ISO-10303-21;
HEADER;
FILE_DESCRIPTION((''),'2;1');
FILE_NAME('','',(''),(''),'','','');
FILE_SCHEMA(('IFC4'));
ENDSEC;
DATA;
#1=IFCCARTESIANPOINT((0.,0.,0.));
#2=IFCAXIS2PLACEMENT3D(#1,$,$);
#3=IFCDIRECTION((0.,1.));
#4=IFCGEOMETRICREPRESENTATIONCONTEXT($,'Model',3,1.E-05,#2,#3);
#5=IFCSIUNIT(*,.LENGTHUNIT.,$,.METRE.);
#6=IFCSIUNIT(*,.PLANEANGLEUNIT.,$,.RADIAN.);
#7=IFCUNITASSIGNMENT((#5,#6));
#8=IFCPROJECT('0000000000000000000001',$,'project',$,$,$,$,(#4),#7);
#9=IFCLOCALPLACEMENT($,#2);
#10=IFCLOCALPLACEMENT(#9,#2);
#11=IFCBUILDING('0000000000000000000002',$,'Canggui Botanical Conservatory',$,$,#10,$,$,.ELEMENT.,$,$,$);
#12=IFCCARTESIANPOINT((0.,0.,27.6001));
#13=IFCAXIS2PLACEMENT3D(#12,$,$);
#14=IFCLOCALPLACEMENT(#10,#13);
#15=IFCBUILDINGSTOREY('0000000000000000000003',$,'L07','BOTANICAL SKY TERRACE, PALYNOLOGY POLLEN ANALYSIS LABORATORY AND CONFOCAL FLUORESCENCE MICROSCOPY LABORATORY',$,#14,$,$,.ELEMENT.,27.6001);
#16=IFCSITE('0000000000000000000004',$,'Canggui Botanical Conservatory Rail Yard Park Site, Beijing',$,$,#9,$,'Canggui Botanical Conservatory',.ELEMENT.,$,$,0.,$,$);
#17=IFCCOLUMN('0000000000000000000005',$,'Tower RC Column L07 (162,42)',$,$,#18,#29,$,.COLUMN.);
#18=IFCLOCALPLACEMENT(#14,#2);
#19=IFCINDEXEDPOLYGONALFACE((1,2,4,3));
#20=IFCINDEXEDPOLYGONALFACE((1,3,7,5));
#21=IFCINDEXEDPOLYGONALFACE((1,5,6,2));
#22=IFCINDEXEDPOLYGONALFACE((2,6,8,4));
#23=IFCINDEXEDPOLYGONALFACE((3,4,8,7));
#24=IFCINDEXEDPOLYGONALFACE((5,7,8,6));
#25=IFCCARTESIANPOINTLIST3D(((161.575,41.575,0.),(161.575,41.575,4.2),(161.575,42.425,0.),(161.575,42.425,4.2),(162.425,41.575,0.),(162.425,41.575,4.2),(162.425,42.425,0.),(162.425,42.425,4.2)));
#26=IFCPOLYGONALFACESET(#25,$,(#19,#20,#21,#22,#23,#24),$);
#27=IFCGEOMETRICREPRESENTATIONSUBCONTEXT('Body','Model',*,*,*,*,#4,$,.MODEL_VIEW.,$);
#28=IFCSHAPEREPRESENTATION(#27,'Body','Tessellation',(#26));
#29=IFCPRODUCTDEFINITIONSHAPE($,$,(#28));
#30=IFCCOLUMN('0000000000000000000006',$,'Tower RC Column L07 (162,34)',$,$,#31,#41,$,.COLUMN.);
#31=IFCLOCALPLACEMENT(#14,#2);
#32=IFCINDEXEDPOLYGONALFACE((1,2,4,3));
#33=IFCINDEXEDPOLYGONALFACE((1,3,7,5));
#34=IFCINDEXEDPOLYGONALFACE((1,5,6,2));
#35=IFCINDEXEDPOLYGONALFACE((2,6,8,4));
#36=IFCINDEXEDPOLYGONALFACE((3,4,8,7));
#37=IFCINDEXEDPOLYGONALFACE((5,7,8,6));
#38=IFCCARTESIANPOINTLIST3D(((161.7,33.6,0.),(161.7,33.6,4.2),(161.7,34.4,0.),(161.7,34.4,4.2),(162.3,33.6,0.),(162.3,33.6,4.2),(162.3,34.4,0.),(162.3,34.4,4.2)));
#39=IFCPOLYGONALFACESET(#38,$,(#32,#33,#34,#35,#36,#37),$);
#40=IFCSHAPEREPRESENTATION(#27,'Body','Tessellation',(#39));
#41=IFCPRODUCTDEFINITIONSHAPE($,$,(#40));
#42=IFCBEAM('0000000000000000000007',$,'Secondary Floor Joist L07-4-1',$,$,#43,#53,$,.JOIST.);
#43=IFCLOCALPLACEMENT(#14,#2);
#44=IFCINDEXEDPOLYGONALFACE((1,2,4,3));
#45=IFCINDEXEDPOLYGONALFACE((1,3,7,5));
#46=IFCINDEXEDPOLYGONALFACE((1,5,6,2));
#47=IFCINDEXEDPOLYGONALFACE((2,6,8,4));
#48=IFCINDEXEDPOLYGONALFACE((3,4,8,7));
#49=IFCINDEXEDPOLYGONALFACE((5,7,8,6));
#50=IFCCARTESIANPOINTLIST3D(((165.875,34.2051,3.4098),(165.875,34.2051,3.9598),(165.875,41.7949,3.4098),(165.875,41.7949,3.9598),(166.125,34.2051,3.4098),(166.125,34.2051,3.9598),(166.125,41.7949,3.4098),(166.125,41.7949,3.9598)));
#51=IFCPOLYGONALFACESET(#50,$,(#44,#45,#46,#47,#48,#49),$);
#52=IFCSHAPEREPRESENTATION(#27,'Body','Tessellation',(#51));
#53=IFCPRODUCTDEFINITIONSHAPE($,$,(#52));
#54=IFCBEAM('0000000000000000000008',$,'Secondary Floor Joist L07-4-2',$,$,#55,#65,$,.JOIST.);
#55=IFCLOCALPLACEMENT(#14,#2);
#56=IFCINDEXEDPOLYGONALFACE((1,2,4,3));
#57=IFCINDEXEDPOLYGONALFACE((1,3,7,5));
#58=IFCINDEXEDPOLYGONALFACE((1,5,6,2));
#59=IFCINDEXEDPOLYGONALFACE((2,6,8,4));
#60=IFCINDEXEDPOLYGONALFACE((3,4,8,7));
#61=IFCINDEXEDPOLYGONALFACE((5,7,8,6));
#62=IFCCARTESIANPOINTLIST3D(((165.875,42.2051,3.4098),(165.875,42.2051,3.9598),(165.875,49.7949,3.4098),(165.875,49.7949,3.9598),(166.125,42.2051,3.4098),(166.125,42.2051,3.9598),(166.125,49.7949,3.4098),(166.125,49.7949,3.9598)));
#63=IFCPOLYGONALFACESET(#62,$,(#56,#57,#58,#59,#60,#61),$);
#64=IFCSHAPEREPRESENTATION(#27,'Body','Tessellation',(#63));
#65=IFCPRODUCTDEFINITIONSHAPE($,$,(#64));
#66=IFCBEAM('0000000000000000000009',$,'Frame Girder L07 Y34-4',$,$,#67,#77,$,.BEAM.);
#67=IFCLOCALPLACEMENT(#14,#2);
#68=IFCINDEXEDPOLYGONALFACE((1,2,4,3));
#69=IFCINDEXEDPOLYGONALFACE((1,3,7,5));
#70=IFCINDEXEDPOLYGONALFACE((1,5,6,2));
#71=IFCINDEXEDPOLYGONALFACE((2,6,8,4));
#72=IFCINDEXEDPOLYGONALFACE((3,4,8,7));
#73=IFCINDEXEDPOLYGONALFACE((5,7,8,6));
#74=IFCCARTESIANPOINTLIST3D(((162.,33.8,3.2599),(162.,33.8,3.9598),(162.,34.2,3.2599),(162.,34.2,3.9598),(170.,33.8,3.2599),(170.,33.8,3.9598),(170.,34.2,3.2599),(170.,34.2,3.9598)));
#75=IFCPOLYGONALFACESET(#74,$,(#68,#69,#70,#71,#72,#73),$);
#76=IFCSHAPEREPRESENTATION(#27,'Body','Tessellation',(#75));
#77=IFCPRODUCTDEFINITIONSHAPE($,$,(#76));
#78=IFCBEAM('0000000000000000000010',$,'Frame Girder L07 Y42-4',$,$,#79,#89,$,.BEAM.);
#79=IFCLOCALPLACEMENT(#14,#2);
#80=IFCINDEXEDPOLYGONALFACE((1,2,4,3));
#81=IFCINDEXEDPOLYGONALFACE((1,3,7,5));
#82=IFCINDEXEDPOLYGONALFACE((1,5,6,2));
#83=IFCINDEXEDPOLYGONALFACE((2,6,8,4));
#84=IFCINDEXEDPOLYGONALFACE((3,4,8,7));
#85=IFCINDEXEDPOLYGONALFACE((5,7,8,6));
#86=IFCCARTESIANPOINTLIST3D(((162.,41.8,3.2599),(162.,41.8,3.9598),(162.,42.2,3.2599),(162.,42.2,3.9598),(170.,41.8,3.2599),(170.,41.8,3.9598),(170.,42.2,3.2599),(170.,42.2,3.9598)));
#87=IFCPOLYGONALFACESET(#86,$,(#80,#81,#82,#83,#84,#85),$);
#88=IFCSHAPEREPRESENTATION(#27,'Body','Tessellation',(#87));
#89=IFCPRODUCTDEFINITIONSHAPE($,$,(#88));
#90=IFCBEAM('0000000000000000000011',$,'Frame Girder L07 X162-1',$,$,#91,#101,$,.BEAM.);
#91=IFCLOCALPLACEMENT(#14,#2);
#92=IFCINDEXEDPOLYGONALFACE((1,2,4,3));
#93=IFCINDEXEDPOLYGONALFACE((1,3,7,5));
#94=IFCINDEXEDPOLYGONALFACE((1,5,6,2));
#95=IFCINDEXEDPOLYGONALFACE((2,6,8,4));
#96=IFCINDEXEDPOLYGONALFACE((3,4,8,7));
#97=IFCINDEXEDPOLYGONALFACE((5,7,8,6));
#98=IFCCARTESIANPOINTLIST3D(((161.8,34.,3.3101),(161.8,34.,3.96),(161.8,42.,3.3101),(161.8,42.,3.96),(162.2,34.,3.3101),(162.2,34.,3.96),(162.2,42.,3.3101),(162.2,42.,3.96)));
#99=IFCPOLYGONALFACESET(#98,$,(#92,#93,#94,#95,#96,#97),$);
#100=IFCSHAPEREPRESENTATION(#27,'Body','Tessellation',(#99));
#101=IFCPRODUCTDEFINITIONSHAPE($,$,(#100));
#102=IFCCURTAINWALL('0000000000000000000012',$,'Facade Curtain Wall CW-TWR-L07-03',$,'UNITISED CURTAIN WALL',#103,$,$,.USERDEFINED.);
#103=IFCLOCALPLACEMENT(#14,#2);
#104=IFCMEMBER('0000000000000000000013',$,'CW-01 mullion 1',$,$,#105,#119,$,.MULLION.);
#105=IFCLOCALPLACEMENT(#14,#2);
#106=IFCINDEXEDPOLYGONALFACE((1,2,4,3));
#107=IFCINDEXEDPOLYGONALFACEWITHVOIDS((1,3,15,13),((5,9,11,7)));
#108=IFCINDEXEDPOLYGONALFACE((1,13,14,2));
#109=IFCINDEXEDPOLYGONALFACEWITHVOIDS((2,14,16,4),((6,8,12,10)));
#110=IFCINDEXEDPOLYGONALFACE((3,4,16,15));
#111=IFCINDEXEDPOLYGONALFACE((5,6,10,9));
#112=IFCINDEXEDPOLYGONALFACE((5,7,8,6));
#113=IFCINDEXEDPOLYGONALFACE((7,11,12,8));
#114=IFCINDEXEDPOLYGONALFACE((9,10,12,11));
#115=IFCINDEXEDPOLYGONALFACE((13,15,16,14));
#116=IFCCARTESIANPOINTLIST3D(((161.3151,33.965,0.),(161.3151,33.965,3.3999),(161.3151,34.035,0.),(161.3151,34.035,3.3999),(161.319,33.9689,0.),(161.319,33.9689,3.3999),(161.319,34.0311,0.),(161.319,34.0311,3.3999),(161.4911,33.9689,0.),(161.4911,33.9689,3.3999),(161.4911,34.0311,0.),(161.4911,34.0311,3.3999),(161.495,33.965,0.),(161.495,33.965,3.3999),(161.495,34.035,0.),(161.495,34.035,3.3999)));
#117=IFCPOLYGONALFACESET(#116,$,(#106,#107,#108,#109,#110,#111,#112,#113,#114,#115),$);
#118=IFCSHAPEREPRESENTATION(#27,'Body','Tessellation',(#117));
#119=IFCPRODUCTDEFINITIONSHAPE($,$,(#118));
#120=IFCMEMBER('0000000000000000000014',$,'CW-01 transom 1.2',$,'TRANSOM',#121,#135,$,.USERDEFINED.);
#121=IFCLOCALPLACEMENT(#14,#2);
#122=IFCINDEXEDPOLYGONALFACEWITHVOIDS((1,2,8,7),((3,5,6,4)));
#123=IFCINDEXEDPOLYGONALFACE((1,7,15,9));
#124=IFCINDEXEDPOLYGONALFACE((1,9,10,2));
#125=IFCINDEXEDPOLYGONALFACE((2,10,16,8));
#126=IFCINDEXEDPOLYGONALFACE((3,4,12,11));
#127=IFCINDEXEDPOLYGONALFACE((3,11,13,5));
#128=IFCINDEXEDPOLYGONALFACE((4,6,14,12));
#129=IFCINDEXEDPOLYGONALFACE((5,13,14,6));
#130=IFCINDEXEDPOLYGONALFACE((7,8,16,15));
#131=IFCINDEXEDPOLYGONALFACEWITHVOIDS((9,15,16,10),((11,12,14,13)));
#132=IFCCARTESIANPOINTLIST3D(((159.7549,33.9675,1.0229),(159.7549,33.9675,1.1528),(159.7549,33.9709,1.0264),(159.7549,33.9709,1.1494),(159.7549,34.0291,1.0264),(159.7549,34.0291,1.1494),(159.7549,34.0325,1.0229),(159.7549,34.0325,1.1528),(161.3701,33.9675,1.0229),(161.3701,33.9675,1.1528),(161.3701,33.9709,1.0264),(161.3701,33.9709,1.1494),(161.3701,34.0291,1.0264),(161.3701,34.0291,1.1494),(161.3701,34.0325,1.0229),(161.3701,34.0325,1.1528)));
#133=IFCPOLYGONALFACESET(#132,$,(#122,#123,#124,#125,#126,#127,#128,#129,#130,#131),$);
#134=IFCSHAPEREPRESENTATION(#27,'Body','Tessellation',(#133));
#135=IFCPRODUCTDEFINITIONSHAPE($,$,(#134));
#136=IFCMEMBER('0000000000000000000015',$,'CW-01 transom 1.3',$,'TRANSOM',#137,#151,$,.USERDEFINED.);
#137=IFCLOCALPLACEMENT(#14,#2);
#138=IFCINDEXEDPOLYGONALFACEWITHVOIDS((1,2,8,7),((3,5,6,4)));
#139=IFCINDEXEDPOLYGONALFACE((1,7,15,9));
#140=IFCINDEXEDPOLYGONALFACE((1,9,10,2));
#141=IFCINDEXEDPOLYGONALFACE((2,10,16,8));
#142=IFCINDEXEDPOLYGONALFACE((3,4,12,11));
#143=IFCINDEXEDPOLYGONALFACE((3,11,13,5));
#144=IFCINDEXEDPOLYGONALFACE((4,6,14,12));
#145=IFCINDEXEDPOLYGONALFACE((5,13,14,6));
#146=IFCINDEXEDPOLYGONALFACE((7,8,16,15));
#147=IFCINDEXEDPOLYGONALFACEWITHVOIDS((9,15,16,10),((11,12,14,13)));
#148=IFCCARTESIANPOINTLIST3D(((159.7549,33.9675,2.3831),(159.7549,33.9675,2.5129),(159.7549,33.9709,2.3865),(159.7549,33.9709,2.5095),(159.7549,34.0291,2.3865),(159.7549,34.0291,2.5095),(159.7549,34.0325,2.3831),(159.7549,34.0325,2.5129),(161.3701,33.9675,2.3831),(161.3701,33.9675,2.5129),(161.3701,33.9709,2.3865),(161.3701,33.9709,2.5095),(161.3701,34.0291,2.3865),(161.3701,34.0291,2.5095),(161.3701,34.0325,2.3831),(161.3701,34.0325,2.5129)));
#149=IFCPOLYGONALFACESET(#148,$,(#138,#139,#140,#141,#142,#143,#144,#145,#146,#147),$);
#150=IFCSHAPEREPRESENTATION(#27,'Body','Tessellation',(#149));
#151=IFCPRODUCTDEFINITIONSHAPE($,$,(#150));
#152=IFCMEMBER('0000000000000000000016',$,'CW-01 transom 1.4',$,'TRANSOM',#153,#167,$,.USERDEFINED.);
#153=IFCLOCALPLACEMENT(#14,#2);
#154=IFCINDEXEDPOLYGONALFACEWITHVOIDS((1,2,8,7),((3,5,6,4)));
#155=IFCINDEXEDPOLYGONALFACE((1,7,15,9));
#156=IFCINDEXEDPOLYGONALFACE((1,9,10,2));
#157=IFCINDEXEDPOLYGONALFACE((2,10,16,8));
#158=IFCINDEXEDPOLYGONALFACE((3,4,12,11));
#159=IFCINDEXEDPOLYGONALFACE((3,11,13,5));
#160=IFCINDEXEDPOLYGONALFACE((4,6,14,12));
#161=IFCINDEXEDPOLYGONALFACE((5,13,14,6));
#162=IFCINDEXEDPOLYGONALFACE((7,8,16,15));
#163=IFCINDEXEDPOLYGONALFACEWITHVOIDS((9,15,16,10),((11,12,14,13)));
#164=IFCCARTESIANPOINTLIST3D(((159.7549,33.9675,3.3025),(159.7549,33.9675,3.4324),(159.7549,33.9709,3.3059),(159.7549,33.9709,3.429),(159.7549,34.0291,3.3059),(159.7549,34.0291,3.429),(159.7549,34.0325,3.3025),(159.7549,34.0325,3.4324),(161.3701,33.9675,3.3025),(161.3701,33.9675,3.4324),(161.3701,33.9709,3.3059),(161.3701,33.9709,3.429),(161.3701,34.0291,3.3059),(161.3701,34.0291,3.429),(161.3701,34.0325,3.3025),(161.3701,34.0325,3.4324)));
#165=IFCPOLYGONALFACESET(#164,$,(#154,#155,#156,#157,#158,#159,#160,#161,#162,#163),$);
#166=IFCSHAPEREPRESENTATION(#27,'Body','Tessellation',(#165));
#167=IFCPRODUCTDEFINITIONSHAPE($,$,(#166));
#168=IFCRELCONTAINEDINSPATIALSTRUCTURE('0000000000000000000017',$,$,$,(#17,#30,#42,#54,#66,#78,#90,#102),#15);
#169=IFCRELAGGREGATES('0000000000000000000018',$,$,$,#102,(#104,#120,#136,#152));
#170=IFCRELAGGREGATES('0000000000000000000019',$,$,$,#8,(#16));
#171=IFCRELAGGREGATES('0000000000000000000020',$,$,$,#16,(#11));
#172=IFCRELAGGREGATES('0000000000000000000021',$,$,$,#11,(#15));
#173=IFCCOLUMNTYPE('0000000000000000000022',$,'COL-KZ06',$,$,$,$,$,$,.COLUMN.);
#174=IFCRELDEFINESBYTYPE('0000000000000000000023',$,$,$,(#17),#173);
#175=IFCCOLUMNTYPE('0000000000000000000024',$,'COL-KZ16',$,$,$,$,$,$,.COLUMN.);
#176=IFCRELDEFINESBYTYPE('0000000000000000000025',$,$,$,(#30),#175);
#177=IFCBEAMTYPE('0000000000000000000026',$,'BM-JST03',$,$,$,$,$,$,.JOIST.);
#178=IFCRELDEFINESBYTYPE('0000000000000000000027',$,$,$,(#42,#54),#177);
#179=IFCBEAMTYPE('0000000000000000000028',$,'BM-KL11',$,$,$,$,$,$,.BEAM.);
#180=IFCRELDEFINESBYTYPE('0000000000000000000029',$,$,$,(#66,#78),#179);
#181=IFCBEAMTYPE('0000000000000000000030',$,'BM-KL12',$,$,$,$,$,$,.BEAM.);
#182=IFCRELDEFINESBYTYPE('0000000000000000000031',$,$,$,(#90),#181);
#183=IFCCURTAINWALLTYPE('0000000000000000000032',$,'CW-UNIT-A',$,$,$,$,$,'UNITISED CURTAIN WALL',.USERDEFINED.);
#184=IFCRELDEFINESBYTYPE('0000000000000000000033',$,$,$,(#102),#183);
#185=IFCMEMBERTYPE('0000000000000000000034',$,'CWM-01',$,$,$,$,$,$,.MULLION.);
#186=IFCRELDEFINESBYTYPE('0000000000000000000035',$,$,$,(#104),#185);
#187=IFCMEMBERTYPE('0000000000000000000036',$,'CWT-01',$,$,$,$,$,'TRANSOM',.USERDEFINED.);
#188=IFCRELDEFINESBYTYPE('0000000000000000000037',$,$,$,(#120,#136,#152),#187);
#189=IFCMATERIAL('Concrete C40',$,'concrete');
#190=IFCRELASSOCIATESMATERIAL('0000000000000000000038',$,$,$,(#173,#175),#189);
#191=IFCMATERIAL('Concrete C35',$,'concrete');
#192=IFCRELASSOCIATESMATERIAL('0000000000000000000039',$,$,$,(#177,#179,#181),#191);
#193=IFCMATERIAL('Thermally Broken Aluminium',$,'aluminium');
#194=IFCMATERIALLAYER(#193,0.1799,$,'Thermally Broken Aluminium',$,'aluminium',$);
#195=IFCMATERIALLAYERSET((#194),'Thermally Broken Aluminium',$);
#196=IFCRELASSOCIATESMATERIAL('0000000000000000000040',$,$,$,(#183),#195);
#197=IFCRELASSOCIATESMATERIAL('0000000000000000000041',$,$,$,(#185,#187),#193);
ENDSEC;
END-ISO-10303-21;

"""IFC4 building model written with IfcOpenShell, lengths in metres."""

from ifc_helpers import new_model, si_unit, direction, frame, origin, origin_2d, place, context, subcontext, project, spatial, rectangle, hollow_rectangle, extrude, material, layer, layer_set, material_profile, profile_set, type_object, element, aggregate, save


model = new_model("IFC4")

# Units and contexts
model_context = context("Model", 3, precision=1e-05, world=origin(), true_north=direction((0.0, 1.0)))
body_context = subcontext(model_context, "Body", "Model", "MODEL_VIEW")
ifc_project = project(units=[si_unit("LENGTHUNIT", "METRE"), si_unit("PLANEANGLEUNIT", "RADIAN")], contexts=[model_context])

# Site, building, storey
site_placement = place(None, origin())
site = spatial("IfcSite", under=ifc_project, at=site_placement, Name="Canggui Botanical Conservatory Rail Yard Park Site, Beijing", LongName="Canggui Botanical Conservatory", CompositionType="ELEMENT", RefElevation=0.0)
building_placement = place(site_placement, origin())
building = spatial("IfcBuilding", under=site, at=building_placement, Name="Canggui Botanical Conservatory", CompositionType="ELEMENT")
storey_placement = place(building_placement, frame((0.0, 0.0, 27.6001)))
storey = spatial("IfcBuildingStorey", under=building, at=storey_placement, Name="L07", Description="BOTANICAL SKY TERRACE, PALYNOLOGY POLLEN ANALYSIS LABORATORY AND CONFOCAL FLUORESCENCE MICROSCOPY LABORATORY", CompositionType="ELEMENT", Elevation=27.6001)

# Columns
ifc_material_1 = material(Name="Concrete C40", Category="concrete")
ifc_material_profile_1 = material_profile(ifc_material_1, rectangle(XDim=0.8501, YDim=0.8501, at=origin_2d()), Name="RC 850x850")
ifc_profile_set_1 = profile_set([ifc_material_profile_1], Name="Concrete C40")
column_type_1 = type_object("IfcColumnType", Name="COL-KZ06", PredefinedType="COLUMN", material=ifc_profile_set_1)
column_1_placement = place(storey_placement, frame((162.0, 42.0, 0.0), z_axis=(0.0, 0.0, 1.0), x_axis=(1.0, 0.0, 0.0)))
element("IfcColumn", 1, at=column_1_placement, inside=storey, type_object=column_type_1, Name="Tower RC Column L07 (162,42)", PredefinedType="COLUMN", context=body_context, shape_type="SweptSolid", body=[
    extrude(rectangle(XDim=0.8501, YDim=0.8501, at=origin_2d()), origin(), (0.0, 0.0, 1.0), 4.2),
])
ifc_material_profile_2 = material_profile(ifc_material_1, rectangle(XDim=0.6001, YDim=0.8, at=origin_2d()), Name="RC 600x800")
ifc_profile_set_2 = profile_set([ifc_material_profile_2], Name="Concrete C40")
column_type_2 = type_object("IfcColumnType", Name="COL-KZ16", PredefinedType="COLUMN", material=ifc_profile_set_2)
column_2_placement = place(storey_placement, frame((162.0, 34.0, 0.0), z_axis=(0.0, 0.0, 1.0), x_axis=(1.0, 0.0, 0.0)))
element("IfcColumn", 2, at=column_2_placement, inside=storey, type_object=column_type_2, Name="Tower RC Column L07 (162,34)", PredefinedType="COLUMN", context=body_context, shape_type="SweptSolid", body=[
    extrude(rectangle(XDim=0.6001, YDim=0.8, at=origin_2d()), origin(), (0.0, 0.0, 1.0), 4.2),
])

# Beams
ifc_material_2 = material(Name="Concrete C35", Category="concrete")
ifc_material_profile_3 = material_profile(ifc_material_2, rectangle(XDim=0.25, YDim=0.55, at=origin_2d()), Name="RB 250x550")
ifc_profile_set_3 = profile_set([ifc_material_profile_3], Name="Concrete C35")
beam_type_1 = type_object("IfcBeamType", Name="BM-JST03", PredefinedType="JOIST", material=ifc_profile_set_3)
for number, where, z_axis, x_axis, name in (
    (3, (166.0, 34.2051, 3.6848), (0.0, 1.0, 0.0), (-1.0, 0.0, 0.0), "Secondary Floor Joist L07-4-1"),
    (4, (166.0, 42.2051, 3.6848), (0.0, 1.0, 0.0), (-1.0, 0.0, 0.0), "Secondary Floor Joist L07-4-2"),
):
    element("IfcBeam", number, at=place(storey_placement, frame(where, z_axis=z_axis, x_axis=x_axis)), inside=storey, type_object=beam_type_1, Name=name, PredefinedType="JOIST", context=body_context, shape_type="SweptSolid", body=[
        extrude(rectangle(XDim=0.25, YDim=0.55, at=origin_2d()), origin(), (0.0, 0.0, 1.0), 7.5898),
    ])
ifc_material_profile_4 = material_profile(ifc_material_2, rectangle(XDim=0.3999, YDim=0.7, at=origin_2d()), Name="RB 400x700")
ifc_profile_set_4 = profile_set([ifc_material_profile_4], Name="Concrete C35")
beam_type_2 = type_object("IfcBeamType", Name="BM-KL11", PredefinedType="BEAM", material=ifc_profile_set_4)
for number, where, z_axis, x_axis, name in (
    (5, (162.0, 34.0, 3.6099), (1.0, 0.0, 0.0), (0.0, 1.0, 0.0), "Frame Girder L07 Y34-4"),
    (6, (162.0, 42.0, 3.6099), (1.0, 0.0, 0.0), (0.0, 1.0, 0.0), "Frame Girder L07 Y42-4"),
):
    element("IfcBeam", number, at=place(storey_placement, frame(where, z_axis=z_axis, x_axis=x_axis)), inside=storey, type_object=beam_type_2, Name=name, PredefinedType="BEAM", context=body_context, shape_type="SweptSolid", body=[
        extrude(rectangle(XDim=0.3999, YDim=0.7, at=origin_2d()), origin(), (0.0, 0.0, 1.0), 8.0),
    ])
ifc_material_profile_5 = material_profile(ifc_material_2, rectangle(XDim=0.3999, YDim=0.6499, at=origin_2d()), Name="RB 400x650")
ifc_profile_set_5 = profile_set([ifc_material_profile_5], Name="Concrete C35")
beam_type_3 = type_object("IfcBeamType", Name="BM-KL12", PredefinedType="BEAM", material=ifc_profile_set_5)
beam_placement = place(storey_placement, frame((162.0, 34.0, 3.635), z_axis=(0.0, 1.0, 0.0), x_axis=(-1.0, 0.0, 0.0)))
element("IfcBeam", 7, at=beam_placement, inside=storey, type_object=beam_type_3, Name="Frame Girder L07 X162-1", PredefinedType="BEAM", context=body_context, shape_type="SweptSolid", body=[
    extrude(rectangle(XDim=0.3999, YDim=0.6499, at=origin_2d()), origin(), (0.0, 0.0, 1.0), 8.0),
])

# Curtain wall, members
ifc_material_3 = material(Name="Thermally Broken Aluminium", Category="aluminium")
ifc_layer_1 = layer(ifc_material_3, 0.1799, Name="Thermally Broken Aluminium", Category="aluminium")
ifc_layer_set_1 = layer_set([ifc_layer_1], Name="Thermally Broken Aluminium")
curtain_wall_type = type_object("IfcCurtainWallType", Name="CW-UNIT-A", ElementType="UNITISED CURTAIN WALL", PredefinedType="USERDEFINED", material=ifc_layer_set_1)
curtain_wall_placement = place(storey_placement, origin())
curtain_wall = element("IfcCurtainWall", 8, at=curtain_wall_placement, inside=storey, type_object=curtain_wall_type, Name="Facade Curtain Wall CW-TWR-L07-03", ObjectType="UNITISED CURTAIN WALL", PredefinedType="USERDEFINED")
ifc_material_profile_6 = material_profile(ifc_material_3, hollow_rectangle(XDim=0.0701, YDim=0.1799, WallThickness=0.0039, at=origin_2d()), Name="CWM 70x180x4")
ifc_profile_set_6 = profile_set([ifc_material_profile_6], Name="Thermally Broken Aluminium")
member_type_1 = type_object("IfcMemberType", Name="CWM-01", PredefinedType="MULLION", material=ifc_profile_set_6)
member_1_placement = place(storey_placement, frame((161.405, 34.0, 0.0), z_axis=(0.0, 0.0, 1.0), x_axis=(0.0, -1.0, 0.0)))
member_1 = element("IfcMember", 9, at=member_1_placement, type_object=member_type_1, Name="CW-01 mullion 1", PredefinedType="MULLION", context=body_context, shape_type="SweptSolid", body=[
    extrude(hollow_rectangle(XDim=0.0701, YDim=0.1799, WallThickness=0.0039, at=origin_2d()), origin(), (0.0, 0.0, 1.0), 3.3999),
])
ifc_material_profile_7 = material_profile(ifc_material_3, hollow_rectangle(XDim=0.0649, YDim=0.1299, WallThickness=0.0034, at=origin_2d()), Name="CWT 65x130x3.5")
ifc_profile_set_7 = profile_set([ifc_material_profile_7], Name="Thermally Broken Aluminium")
member_type_2 = type_object("IfcMemberType", Name="CWT-01", ElementType="TRANSOM", PredefinedType="USERDEFINED", material=ifc_profile_set_7)
member_2_placement = place(storey_placement, frame((161.3701, 34.0, 1.0879), z_axis=(-1.0, 0.0, 0.0), x_axis=(0.0, -1.0, 0.0)))
member_2 = element("IfcMember", 10, at=member_2_placement, type_object=member_type_2, Name="CW-01 transom 1.2", ObjectType="TRANSOM", PredefinedType="USERDEFINED", context=body_context, shape_type="SweptSolid", body=[
    extrude(hollow_rectangle(XDim=0.0649, YDim=0.1299, WallThickness=0.0034, at=origin_2d()), origin(), (0.0, 0.0, 1.0), 1.6152),
])
member_3_placement = place(storey_placement, frame((161.3701, 34.0, 2.448), z_axis=(-1.0, 0.0, 0.0), x_axis=(0.0, -1.0, 0.0)))
member_3 = element("IfcMember", 11, at=member_3_placement, type_object=member_type_2, Name="CW-01 transom 1.3", ObjectType="TRANSOM", PredefinedType="USERDEFINED", context=body_context, shape_type="SweptSolid", body=[
    extrude(hollow_rectangle(XDim=0.0649, YDim=0.1299, WallThickness=0.0034, at=origin_2d()), origin(), (0.0, 0.0, 1.0), 1.6152),
])
member_4_placement = place(storey_placement, frame((161.3701, 34.0, 3.3674), z_axis=(-1.0, 0.0, 0.0), x_axis=(0.0, -1.0, 0.0)))
member_4 = element("IfcMember", 12, at=member_4_placement, type_object=member_type_2, Name="CW-01 transom 1.4", ObjectType="TRANSOM", PredefinedType="USERDEFINED", context=body_context, shape_type="SweptSolid", body=[
    extrude(hollow_rectangle(XDim=0.0649, YDim=0.1299, WallThickness=0.0034, at=origin_2d()), origin(), (0.0, 0.0, 1.0), 1.6152),
])
aggregate(curtain_wall, [member_1, member_2, member_3, member_4])

save(model, "model.ifc")
